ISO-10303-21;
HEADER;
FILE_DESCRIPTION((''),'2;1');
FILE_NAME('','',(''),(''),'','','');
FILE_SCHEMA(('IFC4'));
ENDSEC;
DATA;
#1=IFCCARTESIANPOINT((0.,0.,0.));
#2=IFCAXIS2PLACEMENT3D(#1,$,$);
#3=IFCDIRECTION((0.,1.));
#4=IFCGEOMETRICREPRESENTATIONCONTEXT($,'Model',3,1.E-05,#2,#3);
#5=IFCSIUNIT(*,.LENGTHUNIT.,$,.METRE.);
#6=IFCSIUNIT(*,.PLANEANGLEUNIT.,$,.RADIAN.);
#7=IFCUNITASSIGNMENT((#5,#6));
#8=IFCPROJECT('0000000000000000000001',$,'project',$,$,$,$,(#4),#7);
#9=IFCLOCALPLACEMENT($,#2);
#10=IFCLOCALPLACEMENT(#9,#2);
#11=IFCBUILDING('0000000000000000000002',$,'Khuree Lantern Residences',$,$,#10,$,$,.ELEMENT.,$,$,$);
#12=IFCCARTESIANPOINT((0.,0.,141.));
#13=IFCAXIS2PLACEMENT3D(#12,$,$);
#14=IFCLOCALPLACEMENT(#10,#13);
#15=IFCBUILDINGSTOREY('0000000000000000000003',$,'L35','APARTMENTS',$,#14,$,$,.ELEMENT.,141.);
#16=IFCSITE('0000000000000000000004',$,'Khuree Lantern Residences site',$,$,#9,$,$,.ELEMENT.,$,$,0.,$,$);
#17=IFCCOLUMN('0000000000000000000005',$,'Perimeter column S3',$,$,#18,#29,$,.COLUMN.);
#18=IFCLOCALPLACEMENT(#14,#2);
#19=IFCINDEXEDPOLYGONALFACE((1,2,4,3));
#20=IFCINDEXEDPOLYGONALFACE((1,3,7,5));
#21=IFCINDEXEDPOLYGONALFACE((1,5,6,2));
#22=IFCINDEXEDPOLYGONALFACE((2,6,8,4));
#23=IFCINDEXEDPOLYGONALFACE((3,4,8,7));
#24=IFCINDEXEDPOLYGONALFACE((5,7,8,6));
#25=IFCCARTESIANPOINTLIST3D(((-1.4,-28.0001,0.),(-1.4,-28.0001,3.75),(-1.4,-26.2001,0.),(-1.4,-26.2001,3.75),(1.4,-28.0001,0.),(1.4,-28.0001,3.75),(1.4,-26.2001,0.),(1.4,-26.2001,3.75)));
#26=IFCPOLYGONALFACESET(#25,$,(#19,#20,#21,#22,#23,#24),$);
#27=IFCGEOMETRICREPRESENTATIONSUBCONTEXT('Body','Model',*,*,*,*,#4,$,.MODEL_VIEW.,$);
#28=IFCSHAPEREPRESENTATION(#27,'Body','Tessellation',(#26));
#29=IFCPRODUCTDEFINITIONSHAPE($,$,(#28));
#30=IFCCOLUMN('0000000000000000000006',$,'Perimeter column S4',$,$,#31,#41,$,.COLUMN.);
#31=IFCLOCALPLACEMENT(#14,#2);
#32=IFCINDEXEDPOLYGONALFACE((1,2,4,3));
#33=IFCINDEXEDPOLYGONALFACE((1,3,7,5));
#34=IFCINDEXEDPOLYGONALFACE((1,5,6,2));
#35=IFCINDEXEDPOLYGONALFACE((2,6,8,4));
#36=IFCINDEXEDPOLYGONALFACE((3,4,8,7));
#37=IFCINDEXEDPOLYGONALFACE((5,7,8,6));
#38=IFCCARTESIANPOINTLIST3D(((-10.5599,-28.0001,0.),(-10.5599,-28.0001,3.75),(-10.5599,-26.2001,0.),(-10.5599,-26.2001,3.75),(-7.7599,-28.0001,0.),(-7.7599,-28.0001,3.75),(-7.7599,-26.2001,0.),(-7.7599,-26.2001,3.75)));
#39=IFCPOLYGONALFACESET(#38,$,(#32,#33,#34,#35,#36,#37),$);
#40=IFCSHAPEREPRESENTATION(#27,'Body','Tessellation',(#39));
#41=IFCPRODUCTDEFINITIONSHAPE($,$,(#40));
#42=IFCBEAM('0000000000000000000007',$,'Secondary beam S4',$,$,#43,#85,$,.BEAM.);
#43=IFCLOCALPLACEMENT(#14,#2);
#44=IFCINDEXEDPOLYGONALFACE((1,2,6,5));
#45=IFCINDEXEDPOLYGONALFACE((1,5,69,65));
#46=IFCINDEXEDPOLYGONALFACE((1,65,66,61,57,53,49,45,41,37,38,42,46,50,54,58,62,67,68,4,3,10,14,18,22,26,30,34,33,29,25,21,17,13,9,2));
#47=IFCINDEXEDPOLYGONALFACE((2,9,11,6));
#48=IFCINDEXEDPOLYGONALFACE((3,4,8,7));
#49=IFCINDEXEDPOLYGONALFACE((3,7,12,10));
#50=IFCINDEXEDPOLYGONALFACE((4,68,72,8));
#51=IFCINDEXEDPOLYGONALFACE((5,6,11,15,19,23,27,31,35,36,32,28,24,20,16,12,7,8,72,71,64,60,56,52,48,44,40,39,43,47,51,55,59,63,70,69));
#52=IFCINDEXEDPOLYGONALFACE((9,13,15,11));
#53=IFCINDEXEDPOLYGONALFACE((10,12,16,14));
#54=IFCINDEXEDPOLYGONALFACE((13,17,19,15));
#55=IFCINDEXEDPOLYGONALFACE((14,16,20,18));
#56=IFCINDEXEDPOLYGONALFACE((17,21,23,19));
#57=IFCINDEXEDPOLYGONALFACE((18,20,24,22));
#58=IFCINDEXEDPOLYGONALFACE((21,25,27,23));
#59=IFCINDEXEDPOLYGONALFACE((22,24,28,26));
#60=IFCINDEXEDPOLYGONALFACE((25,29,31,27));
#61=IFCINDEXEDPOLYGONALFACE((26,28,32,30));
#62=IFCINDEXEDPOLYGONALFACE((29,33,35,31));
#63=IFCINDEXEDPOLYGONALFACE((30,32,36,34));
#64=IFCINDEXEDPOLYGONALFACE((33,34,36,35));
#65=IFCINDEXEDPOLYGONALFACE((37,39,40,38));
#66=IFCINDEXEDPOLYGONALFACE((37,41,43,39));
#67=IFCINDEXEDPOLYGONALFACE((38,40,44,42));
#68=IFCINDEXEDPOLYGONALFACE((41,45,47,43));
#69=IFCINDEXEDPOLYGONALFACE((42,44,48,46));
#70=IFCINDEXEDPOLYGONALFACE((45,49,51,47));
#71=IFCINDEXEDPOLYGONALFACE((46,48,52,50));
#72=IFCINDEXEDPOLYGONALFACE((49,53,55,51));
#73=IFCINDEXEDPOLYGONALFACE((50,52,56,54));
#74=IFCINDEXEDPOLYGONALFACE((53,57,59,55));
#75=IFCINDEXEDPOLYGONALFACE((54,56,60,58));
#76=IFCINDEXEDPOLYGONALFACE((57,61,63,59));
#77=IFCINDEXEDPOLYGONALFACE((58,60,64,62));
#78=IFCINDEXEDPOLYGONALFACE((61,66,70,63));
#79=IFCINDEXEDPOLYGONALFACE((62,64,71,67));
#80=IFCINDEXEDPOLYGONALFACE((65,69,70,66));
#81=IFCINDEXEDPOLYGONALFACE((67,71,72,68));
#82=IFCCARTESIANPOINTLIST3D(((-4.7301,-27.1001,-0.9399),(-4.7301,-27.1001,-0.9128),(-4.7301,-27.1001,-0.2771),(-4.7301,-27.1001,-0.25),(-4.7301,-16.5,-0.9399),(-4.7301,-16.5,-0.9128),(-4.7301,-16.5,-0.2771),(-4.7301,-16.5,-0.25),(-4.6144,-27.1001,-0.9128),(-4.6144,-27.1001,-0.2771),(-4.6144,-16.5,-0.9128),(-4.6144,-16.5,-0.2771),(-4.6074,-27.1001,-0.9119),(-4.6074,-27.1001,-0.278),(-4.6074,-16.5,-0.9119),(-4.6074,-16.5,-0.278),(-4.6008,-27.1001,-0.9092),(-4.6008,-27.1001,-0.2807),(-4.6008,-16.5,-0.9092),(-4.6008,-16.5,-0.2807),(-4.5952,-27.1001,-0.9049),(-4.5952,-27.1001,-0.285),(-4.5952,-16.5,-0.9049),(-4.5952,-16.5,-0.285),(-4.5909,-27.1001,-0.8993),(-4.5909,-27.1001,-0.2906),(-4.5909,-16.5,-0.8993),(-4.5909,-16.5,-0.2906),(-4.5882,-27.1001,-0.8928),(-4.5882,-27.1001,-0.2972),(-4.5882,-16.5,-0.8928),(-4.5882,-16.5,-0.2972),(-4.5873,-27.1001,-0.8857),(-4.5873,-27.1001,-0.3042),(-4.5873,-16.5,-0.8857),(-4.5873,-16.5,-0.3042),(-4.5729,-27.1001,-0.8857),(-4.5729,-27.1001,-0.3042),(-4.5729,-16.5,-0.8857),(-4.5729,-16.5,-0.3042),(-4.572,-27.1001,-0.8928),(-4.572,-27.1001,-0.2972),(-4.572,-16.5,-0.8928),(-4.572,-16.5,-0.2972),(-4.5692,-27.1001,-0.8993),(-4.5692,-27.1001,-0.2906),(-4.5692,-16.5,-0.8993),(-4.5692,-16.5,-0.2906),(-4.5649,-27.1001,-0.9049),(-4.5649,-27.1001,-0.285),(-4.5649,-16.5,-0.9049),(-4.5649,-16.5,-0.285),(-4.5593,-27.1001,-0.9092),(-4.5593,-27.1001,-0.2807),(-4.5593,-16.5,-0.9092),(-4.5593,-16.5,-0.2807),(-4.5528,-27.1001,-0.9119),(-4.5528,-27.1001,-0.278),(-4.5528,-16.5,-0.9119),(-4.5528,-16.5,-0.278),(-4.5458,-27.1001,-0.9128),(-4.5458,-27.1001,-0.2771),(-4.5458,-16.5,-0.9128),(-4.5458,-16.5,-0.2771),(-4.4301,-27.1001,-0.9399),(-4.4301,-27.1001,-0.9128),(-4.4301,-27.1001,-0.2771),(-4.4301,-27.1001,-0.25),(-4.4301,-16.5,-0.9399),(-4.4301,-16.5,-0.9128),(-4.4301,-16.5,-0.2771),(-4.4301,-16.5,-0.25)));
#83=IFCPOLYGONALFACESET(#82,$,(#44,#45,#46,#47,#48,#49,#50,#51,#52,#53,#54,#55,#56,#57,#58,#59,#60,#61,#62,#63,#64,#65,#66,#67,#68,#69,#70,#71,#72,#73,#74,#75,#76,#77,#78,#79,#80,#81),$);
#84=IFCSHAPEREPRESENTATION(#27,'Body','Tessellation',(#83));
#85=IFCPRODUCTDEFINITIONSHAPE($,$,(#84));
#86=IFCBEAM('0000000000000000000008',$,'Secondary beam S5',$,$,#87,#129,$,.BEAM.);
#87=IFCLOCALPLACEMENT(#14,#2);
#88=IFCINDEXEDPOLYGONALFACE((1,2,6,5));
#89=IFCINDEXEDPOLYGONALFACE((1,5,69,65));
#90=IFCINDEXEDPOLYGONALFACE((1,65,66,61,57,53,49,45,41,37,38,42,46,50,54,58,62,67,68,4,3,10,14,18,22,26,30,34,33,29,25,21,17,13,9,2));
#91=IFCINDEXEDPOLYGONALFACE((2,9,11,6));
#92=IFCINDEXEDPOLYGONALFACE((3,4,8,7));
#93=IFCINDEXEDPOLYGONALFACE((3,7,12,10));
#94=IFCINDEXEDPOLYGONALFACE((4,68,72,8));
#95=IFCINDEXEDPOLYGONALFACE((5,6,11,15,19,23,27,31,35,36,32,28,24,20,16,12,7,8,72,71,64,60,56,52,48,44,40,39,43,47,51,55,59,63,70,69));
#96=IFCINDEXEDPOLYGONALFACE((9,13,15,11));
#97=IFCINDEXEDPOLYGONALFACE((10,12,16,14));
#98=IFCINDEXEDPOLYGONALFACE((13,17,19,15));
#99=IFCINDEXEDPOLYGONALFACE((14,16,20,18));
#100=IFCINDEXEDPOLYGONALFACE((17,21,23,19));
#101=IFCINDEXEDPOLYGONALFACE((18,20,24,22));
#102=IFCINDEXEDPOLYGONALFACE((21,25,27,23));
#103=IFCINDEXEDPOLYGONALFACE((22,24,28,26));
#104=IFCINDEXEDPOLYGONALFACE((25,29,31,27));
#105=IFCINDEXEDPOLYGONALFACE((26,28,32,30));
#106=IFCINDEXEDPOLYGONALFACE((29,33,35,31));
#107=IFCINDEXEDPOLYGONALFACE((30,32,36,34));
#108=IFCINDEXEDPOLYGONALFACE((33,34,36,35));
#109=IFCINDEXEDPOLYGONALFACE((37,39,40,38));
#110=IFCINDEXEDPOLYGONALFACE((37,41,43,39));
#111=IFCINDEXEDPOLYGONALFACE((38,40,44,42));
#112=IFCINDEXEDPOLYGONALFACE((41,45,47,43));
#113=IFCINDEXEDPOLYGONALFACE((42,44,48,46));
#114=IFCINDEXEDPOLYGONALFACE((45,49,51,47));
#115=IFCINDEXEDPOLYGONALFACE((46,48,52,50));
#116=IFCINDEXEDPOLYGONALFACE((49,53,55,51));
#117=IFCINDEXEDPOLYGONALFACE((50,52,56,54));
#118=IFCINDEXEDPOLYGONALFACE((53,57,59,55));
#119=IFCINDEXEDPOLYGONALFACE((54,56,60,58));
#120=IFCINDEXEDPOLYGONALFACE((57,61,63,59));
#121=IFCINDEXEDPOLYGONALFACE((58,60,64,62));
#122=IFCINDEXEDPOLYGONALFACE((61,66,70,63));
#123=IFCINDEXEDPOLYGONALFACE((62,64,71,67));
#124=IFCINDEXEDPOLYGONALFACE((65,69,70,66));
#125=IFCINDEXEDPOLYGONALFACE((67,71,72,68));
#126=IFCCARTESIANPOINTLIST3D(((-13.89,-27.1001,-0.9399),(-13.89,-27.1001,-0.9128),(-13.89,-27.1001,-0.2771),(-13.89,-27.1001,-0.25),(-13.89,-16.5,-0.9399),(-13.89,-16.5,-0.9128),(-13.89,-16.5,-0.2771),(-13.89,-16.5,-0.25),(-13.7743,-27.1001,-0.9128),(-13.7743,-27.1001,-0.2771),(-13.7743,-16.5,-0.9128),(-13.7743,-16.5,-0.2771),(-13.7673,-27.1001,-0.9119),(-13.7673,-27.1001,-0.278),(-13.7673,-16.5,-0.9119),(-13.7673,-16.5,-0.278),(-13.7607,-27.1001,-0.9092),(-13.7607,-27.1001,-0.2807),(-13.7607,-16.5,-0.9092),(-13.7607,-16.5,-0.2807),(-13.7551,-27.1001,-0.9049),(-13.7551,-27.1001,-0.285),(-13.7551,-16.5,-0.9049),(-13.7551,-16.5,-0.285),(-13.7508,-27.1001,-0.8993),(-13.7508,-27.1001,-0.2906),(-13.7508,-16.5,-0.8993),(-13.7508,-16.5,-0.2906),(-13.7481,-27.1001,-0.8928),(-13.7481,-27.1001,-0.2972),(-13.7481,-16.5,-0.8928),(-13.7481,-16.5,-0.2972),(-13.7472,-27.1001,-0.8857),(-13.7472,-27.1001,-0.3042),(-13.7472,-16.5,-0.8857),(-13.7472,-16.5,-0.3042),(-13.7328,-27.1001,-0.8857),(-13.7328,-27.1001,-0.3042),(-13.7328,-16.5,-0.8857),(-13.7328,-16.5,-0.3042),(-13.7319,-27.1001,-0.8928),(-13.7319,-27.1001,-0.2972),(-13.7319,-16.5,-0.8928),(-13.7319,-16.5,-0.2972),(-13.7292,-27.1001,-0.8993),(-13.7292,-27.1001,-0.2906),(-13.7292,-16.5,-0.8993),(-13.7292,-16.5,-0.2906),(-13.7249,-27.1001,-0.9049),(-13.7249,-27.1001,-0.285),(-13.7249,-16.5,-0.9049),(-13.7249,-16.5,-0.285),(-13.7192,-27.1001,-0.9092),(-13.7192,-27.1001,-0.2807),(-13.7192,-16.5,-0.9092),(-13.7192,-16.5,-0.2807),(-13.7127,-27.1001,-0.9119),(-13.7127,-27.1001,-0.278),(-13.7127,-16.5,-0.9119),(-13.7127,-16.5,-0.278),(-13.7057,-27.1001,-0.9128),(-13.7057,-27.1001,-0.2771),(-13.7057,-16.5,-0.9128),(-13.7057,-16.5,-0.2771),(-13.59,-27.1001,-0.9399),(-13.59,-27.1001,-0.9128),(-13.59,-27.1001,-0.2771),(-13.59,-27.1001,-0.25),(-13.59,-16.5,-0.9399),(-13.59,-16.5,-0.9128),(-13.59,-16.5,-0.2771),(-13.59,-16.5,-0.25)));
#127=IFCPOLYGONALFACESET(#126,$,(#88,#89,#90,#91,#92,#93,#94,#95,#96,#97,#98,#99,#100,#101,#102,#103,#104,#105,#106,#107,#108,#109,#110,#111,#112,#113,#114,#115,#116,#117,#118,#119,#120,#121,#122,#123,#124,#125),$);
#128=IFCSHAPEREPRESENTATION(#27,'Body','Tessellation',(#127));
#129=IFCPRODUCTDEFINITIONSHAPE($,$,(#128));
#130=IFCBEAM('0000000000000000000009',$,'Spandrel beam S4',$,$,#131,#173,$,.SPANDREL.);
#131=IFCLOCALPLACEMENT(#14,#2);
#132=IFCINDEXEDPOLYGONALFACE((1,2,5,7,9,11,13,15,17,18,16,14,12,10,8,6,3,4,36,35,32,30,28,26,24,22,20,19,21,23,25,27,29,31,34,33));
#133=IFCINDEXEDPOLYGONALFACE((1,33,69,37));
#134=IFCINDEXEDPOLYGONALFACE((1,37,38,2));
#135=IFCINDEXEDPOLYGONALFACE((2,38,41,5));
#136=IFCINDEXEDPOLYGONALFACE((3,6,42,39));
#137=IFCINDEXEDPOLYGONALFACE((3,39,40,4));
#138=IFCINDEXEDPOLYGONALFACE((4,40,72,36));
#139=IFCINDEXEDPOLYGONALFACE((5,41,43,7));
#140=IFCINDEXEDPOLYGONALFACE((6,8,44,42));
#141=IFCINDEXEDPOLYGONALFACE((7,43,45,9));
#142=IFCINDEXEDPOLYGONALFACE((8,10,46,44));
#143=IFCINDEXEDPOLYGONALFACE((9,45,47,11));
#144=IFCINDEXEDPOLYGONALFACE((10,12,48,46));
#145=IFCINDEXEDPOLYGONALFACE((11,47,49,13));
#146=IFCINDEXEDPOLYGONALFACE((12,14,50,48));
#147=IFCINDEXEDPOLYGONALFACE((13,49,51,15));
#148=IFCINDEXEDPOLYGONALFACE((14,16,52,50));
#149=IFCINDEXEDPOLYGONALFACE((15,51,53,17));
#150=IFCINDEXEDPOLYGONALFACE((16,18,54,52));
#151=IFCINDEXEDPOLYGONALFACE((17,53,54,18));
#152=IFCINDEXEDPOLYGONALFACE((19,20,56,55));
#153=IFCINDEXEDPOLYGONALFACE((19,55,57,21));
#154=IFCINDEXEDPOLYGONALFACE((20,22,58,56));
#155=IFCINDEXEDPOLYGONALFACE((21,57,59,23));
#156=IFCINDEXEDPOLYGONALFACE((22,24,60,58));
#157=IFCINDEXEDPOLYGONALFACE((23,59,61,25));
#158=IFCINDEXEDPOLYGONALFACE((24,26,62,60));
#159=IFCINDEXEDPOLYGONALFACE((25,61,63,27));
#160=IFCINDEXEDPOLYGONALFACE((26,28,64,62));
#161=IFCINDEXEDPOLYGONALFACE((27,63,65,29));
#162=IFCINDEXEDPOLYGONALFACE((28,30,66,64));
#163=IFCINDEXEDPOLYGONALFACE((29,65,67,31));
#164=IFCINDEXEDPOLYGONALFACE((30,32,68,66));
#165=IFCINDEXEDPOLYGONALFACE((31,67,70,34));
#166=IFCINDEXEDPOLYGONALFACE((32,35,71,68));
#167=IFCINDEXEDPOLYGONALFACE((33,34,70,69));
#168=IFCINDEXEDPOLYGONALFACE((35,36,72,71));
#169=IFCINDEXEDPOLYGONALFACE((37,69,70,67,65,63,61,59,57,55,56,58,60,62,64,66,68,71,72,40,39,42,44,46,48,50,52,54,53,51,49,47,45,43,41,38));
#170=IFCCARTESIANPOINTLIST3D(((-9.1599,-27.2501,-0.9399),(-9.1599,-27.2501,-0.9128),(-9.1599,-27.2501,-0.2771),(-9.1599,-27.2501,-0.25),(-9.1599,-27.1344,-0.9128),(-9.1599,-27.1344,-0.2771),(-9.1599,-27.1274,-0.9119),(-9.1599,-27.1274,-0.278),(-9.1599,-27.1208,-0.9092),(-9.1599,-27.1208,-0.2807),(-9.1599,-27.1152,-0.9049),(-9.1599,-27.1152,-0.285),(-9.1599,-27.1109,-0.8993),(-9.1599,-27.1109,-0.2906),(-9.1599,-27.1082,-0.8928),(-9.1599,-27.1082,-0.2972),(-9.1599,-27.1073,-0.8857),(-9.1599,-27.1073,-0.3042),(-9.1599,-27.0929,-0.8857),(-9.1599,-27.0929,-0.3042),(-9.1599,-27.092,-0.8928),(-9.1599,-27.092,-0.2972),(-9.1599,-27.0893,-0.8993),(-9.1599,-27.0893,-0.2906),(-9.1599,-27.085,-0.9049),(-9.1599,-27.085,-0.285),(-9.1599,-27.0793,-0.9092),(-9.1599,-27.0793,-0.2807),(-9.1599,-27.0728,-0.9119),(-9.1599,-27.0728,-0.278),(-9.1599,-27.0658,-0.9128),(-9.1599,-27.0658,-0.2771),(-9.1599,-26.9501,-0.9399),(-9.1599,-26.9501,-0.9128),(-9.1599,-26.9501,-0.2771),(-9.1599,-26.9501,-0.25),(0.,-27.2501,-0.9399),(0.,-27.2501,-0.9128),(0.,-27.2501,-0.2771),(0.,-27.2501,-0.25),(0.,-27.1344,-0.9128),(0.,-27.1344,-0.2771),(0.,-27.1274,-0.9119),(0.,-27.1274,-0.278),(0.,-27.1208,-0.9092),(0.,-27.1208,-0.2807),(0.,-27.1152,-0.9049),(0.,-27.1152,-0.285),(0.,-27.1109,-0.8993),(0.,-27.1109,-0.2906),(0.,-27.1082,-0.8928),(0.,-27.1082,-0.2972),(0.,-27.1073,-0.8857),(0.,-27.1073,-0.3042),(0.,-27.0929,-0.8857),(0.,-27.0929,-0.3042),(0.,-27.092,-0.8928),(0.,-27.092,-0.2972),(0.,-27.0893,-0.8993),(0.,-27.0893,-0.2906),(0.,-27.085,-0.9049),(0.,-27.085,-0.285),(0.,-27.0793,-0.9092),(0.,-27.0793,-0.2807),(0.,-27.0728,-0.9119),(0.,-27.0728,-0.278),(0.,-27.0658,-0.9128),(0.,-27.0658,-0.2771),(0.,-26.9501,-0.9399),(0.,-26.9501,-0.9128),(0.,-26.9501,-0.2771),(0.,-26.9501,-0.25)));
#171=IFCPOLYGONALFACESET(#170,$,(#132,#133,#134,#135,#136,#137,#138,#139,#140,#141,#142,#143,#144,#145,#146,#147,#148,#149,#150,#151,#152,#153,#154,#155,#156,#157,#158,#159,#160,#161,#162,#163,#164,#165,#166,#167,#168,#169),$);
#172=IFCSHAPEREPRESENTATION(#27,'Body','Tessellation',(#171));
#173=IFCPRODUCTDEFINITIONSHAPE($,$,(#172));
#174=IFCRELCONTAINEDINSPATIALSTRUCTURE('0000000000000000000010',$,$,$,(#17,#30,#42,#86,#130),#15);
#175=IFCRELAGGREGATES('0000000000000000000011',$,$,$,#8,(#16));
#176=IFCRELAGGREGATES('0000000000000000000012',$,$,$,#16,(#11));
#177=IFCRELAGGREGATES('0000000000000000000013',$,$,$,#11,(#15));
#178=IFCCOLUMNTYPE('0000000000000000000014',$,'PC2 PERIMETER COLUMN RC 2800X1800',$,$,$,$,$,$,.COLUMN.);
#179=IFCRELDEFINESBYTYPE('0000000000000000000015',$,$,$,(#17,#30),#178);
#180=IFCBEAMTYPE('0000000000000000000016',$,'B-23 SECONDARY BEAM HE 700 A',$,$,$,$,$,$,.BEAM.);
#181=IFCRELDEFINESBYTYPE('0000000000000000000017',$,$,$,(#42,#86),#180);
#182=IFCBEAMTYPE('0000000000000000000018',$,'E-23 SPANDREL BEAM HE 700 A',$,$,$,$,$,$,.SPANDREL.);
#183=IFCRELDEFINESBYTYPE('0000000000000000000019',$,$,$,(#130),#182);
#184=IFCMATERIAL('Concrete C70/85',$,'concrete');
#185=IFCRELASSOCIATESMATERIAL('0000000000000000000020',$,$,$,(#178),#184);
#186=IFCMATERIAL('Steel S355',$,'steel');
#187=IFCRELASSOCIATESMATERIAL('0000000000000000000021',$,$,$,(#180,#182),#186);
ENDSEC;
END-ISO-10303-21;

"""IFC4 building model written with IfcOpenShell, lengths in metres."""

from ifc_helpers import new_model, si_unit, direction, frame, origin, origin_2d, place, context, subcontext, project, spatial, rectangle, i_section, extrude, material, material_profile, profile_set, type_object, element, save


model = new_model("IFC4")

# Units and contexts
model_context = context("Model", 3, precision=1e-05, world=origin(), true_north=direction((0.0, 1.0)))
body_context = subcontext(model_context, "Body", "Model", "MODEL_VIEW")
ifc_project = project(units=[si_unit("LENGTHUNIT", "METRE"), si_unit("PLANEANGLEUNIT", "RADIAN")], contexts=[model_context])

# Site, building, storey
site_placement = place(None, origin())
site = spatial("IfcSite", under=ifc_project, at=site_placement, Name="Khuree Lantern Residences site", CompositionType="ELEMENT", RefElevation=0.0)
building_placement = place(site_placement, origin())
building = spatial("IfcBuilding", under=site, at=building_placement, Name="Khuree Lantern Residences", CompositionType="ELEMENT")
storey_placement = place(building_placement, frame((0.0, 0.0, 141.0)))
storey = spatial("IfcBuildingStorey", under=building, at=storey_placement, Name="L35", Description="APARTMENTS", CompositionType="ELEMENT", Elevation=141.0)

# Columns
ifc_material_1 = material(Name="Concrete C70/85", Category="concrete")
ifc_material_profile_1 = material_profile(ifc_material_1, rectangle(XDim=2.8, YDim=1.8, at=origin_2d()), Name="RC 2800X1800")
ifc_profile_set_1 = profile_set([ifc_material_profile_1], Name="Concrete C70/85")
column_type = type_object("IfcColumnType", Name="PC2 PERIMETER COLUMN RC 2800X1800", PredefinedType="COLUMN", material=ifc_profile_set_1)
for number, where, z_axis, x_axis, name in (
    (1, (0.0, -27.1001, 0.0), (0.0, 0.0, 1.0), (1.0, 0.0, 0.0), "Perimeter column S3"),
    (2, (-9.1599, -27.1001, 0.0), (0.0, 0.0, 1.0), (1.0, 0.0, 0.0), "Perimeter column S4"),
):
    element("IfcColumn", number, at=place(storey_placement, frame(where, z_axis=z_axis, x_axis=x_axis)), inside=storey, type_object=column_type, Name=name, PredefinedType="COLUMN", context=body_context, shape_type="SweptSolid", body=[
        extrude(rectangle(XDim=2.8, YDim=1.8, at=origin_2d()), origin(), (0.0, 0.0, 1.0), 3.75),
    ])

# Beams
ifc_material_2 = material(Name="Steel S355", Category="steel")
ifc_material_profile_2 = material_profile(ifc_material_2, i_section(OverallWidth=0.3, OverallDepth=0.6899, WebThickness=0.0144, FlangeThickness=0.0271, FilletRadius=0.0271, at=origin_2d()), Name="HE 700 A")
ifc_profile_set_2 = profile_set([ifc_material_profile_2], Name="Steel S355")
beam_type_1 = type_object("IfcBeamType", Name="B-23 SECONDARY BEAM HE 700 A", PredefinedType="BEAM", material=ifc_profile_set_2)
for number, where, z_axis, x_axis, name in (
    (3, (-4.5801, -27.1001, -0.595), (0.0, 1.0, 0.0), (-1.0, 0.0, 0.0), "Secondary beam S4"),
    (4, (-13.74, -27.1001, -0.595), (0.0, 1.0, 0.0), (-1.0, 0.0, 0.0), "Secondary beam S5"),
):
    element("IfcBeam", number, at=place(storey_placement, frame(where, z_axis=z_axis, x_axis=x_axis)), inside=storey, type_object=beam_type_1, Name=name, PredefinedType="BEAM", context=body_context, shape_type="SweptSolid", body=[
        extrude(i_section(OverallWidth=0.3, OverallDepth=0.6899, WebThickness=0.0144, FlangeThickness=0.0271, FilletRadius=0.0271, at=origin_2d()), origin(), (0.0, 0.0, 1.0), 10.6001),
    ])
ifc_material_profile_3 = material_profile(ifc_material_2, i_section(OverallWidth=0.3, OverallDepth=0.6899, WebThickness=0.0144, FlangeThickness=0.0271, FilletRadius=0.0271, at=origin_2d()), Name="HE 700 A")
ifc_profile_set_3 = profile_set([ifc_material_profile_3], Name="Steel S355")
beam_type_2 = type_object("IfcBeamType", Name="E-23 SPANDREL BEAM HE 700 A", PredefinedType="SPANDREL", material=ifc_profile_set_3)
beam_1_placement = place(storey_placement, frame((0.0, -27.1001, -0.595), z_axis=(-1.0, 0.0, 0.0), x_axis=(0.0, -1.0, 0.0)))
element("IfcBeam", 5, at=beam_1_placement, inside=storey, type_object=beam_type_2, Name="Spandrel beam S4", PredefinedType="SPANDREL", context=body_context, shape_type="SweptSolid", body=[
    extrude(i_section(OverallWidth=0.3, OverallDepth=0.6899, WebThickness=0.0144, FlangeThickness=0.0271, FilletRadius=0.0271, at=origin_2d()), origin(), (0.0, 0.0, 1.0), 9.1599),
])

save(model, "model.ifc")
